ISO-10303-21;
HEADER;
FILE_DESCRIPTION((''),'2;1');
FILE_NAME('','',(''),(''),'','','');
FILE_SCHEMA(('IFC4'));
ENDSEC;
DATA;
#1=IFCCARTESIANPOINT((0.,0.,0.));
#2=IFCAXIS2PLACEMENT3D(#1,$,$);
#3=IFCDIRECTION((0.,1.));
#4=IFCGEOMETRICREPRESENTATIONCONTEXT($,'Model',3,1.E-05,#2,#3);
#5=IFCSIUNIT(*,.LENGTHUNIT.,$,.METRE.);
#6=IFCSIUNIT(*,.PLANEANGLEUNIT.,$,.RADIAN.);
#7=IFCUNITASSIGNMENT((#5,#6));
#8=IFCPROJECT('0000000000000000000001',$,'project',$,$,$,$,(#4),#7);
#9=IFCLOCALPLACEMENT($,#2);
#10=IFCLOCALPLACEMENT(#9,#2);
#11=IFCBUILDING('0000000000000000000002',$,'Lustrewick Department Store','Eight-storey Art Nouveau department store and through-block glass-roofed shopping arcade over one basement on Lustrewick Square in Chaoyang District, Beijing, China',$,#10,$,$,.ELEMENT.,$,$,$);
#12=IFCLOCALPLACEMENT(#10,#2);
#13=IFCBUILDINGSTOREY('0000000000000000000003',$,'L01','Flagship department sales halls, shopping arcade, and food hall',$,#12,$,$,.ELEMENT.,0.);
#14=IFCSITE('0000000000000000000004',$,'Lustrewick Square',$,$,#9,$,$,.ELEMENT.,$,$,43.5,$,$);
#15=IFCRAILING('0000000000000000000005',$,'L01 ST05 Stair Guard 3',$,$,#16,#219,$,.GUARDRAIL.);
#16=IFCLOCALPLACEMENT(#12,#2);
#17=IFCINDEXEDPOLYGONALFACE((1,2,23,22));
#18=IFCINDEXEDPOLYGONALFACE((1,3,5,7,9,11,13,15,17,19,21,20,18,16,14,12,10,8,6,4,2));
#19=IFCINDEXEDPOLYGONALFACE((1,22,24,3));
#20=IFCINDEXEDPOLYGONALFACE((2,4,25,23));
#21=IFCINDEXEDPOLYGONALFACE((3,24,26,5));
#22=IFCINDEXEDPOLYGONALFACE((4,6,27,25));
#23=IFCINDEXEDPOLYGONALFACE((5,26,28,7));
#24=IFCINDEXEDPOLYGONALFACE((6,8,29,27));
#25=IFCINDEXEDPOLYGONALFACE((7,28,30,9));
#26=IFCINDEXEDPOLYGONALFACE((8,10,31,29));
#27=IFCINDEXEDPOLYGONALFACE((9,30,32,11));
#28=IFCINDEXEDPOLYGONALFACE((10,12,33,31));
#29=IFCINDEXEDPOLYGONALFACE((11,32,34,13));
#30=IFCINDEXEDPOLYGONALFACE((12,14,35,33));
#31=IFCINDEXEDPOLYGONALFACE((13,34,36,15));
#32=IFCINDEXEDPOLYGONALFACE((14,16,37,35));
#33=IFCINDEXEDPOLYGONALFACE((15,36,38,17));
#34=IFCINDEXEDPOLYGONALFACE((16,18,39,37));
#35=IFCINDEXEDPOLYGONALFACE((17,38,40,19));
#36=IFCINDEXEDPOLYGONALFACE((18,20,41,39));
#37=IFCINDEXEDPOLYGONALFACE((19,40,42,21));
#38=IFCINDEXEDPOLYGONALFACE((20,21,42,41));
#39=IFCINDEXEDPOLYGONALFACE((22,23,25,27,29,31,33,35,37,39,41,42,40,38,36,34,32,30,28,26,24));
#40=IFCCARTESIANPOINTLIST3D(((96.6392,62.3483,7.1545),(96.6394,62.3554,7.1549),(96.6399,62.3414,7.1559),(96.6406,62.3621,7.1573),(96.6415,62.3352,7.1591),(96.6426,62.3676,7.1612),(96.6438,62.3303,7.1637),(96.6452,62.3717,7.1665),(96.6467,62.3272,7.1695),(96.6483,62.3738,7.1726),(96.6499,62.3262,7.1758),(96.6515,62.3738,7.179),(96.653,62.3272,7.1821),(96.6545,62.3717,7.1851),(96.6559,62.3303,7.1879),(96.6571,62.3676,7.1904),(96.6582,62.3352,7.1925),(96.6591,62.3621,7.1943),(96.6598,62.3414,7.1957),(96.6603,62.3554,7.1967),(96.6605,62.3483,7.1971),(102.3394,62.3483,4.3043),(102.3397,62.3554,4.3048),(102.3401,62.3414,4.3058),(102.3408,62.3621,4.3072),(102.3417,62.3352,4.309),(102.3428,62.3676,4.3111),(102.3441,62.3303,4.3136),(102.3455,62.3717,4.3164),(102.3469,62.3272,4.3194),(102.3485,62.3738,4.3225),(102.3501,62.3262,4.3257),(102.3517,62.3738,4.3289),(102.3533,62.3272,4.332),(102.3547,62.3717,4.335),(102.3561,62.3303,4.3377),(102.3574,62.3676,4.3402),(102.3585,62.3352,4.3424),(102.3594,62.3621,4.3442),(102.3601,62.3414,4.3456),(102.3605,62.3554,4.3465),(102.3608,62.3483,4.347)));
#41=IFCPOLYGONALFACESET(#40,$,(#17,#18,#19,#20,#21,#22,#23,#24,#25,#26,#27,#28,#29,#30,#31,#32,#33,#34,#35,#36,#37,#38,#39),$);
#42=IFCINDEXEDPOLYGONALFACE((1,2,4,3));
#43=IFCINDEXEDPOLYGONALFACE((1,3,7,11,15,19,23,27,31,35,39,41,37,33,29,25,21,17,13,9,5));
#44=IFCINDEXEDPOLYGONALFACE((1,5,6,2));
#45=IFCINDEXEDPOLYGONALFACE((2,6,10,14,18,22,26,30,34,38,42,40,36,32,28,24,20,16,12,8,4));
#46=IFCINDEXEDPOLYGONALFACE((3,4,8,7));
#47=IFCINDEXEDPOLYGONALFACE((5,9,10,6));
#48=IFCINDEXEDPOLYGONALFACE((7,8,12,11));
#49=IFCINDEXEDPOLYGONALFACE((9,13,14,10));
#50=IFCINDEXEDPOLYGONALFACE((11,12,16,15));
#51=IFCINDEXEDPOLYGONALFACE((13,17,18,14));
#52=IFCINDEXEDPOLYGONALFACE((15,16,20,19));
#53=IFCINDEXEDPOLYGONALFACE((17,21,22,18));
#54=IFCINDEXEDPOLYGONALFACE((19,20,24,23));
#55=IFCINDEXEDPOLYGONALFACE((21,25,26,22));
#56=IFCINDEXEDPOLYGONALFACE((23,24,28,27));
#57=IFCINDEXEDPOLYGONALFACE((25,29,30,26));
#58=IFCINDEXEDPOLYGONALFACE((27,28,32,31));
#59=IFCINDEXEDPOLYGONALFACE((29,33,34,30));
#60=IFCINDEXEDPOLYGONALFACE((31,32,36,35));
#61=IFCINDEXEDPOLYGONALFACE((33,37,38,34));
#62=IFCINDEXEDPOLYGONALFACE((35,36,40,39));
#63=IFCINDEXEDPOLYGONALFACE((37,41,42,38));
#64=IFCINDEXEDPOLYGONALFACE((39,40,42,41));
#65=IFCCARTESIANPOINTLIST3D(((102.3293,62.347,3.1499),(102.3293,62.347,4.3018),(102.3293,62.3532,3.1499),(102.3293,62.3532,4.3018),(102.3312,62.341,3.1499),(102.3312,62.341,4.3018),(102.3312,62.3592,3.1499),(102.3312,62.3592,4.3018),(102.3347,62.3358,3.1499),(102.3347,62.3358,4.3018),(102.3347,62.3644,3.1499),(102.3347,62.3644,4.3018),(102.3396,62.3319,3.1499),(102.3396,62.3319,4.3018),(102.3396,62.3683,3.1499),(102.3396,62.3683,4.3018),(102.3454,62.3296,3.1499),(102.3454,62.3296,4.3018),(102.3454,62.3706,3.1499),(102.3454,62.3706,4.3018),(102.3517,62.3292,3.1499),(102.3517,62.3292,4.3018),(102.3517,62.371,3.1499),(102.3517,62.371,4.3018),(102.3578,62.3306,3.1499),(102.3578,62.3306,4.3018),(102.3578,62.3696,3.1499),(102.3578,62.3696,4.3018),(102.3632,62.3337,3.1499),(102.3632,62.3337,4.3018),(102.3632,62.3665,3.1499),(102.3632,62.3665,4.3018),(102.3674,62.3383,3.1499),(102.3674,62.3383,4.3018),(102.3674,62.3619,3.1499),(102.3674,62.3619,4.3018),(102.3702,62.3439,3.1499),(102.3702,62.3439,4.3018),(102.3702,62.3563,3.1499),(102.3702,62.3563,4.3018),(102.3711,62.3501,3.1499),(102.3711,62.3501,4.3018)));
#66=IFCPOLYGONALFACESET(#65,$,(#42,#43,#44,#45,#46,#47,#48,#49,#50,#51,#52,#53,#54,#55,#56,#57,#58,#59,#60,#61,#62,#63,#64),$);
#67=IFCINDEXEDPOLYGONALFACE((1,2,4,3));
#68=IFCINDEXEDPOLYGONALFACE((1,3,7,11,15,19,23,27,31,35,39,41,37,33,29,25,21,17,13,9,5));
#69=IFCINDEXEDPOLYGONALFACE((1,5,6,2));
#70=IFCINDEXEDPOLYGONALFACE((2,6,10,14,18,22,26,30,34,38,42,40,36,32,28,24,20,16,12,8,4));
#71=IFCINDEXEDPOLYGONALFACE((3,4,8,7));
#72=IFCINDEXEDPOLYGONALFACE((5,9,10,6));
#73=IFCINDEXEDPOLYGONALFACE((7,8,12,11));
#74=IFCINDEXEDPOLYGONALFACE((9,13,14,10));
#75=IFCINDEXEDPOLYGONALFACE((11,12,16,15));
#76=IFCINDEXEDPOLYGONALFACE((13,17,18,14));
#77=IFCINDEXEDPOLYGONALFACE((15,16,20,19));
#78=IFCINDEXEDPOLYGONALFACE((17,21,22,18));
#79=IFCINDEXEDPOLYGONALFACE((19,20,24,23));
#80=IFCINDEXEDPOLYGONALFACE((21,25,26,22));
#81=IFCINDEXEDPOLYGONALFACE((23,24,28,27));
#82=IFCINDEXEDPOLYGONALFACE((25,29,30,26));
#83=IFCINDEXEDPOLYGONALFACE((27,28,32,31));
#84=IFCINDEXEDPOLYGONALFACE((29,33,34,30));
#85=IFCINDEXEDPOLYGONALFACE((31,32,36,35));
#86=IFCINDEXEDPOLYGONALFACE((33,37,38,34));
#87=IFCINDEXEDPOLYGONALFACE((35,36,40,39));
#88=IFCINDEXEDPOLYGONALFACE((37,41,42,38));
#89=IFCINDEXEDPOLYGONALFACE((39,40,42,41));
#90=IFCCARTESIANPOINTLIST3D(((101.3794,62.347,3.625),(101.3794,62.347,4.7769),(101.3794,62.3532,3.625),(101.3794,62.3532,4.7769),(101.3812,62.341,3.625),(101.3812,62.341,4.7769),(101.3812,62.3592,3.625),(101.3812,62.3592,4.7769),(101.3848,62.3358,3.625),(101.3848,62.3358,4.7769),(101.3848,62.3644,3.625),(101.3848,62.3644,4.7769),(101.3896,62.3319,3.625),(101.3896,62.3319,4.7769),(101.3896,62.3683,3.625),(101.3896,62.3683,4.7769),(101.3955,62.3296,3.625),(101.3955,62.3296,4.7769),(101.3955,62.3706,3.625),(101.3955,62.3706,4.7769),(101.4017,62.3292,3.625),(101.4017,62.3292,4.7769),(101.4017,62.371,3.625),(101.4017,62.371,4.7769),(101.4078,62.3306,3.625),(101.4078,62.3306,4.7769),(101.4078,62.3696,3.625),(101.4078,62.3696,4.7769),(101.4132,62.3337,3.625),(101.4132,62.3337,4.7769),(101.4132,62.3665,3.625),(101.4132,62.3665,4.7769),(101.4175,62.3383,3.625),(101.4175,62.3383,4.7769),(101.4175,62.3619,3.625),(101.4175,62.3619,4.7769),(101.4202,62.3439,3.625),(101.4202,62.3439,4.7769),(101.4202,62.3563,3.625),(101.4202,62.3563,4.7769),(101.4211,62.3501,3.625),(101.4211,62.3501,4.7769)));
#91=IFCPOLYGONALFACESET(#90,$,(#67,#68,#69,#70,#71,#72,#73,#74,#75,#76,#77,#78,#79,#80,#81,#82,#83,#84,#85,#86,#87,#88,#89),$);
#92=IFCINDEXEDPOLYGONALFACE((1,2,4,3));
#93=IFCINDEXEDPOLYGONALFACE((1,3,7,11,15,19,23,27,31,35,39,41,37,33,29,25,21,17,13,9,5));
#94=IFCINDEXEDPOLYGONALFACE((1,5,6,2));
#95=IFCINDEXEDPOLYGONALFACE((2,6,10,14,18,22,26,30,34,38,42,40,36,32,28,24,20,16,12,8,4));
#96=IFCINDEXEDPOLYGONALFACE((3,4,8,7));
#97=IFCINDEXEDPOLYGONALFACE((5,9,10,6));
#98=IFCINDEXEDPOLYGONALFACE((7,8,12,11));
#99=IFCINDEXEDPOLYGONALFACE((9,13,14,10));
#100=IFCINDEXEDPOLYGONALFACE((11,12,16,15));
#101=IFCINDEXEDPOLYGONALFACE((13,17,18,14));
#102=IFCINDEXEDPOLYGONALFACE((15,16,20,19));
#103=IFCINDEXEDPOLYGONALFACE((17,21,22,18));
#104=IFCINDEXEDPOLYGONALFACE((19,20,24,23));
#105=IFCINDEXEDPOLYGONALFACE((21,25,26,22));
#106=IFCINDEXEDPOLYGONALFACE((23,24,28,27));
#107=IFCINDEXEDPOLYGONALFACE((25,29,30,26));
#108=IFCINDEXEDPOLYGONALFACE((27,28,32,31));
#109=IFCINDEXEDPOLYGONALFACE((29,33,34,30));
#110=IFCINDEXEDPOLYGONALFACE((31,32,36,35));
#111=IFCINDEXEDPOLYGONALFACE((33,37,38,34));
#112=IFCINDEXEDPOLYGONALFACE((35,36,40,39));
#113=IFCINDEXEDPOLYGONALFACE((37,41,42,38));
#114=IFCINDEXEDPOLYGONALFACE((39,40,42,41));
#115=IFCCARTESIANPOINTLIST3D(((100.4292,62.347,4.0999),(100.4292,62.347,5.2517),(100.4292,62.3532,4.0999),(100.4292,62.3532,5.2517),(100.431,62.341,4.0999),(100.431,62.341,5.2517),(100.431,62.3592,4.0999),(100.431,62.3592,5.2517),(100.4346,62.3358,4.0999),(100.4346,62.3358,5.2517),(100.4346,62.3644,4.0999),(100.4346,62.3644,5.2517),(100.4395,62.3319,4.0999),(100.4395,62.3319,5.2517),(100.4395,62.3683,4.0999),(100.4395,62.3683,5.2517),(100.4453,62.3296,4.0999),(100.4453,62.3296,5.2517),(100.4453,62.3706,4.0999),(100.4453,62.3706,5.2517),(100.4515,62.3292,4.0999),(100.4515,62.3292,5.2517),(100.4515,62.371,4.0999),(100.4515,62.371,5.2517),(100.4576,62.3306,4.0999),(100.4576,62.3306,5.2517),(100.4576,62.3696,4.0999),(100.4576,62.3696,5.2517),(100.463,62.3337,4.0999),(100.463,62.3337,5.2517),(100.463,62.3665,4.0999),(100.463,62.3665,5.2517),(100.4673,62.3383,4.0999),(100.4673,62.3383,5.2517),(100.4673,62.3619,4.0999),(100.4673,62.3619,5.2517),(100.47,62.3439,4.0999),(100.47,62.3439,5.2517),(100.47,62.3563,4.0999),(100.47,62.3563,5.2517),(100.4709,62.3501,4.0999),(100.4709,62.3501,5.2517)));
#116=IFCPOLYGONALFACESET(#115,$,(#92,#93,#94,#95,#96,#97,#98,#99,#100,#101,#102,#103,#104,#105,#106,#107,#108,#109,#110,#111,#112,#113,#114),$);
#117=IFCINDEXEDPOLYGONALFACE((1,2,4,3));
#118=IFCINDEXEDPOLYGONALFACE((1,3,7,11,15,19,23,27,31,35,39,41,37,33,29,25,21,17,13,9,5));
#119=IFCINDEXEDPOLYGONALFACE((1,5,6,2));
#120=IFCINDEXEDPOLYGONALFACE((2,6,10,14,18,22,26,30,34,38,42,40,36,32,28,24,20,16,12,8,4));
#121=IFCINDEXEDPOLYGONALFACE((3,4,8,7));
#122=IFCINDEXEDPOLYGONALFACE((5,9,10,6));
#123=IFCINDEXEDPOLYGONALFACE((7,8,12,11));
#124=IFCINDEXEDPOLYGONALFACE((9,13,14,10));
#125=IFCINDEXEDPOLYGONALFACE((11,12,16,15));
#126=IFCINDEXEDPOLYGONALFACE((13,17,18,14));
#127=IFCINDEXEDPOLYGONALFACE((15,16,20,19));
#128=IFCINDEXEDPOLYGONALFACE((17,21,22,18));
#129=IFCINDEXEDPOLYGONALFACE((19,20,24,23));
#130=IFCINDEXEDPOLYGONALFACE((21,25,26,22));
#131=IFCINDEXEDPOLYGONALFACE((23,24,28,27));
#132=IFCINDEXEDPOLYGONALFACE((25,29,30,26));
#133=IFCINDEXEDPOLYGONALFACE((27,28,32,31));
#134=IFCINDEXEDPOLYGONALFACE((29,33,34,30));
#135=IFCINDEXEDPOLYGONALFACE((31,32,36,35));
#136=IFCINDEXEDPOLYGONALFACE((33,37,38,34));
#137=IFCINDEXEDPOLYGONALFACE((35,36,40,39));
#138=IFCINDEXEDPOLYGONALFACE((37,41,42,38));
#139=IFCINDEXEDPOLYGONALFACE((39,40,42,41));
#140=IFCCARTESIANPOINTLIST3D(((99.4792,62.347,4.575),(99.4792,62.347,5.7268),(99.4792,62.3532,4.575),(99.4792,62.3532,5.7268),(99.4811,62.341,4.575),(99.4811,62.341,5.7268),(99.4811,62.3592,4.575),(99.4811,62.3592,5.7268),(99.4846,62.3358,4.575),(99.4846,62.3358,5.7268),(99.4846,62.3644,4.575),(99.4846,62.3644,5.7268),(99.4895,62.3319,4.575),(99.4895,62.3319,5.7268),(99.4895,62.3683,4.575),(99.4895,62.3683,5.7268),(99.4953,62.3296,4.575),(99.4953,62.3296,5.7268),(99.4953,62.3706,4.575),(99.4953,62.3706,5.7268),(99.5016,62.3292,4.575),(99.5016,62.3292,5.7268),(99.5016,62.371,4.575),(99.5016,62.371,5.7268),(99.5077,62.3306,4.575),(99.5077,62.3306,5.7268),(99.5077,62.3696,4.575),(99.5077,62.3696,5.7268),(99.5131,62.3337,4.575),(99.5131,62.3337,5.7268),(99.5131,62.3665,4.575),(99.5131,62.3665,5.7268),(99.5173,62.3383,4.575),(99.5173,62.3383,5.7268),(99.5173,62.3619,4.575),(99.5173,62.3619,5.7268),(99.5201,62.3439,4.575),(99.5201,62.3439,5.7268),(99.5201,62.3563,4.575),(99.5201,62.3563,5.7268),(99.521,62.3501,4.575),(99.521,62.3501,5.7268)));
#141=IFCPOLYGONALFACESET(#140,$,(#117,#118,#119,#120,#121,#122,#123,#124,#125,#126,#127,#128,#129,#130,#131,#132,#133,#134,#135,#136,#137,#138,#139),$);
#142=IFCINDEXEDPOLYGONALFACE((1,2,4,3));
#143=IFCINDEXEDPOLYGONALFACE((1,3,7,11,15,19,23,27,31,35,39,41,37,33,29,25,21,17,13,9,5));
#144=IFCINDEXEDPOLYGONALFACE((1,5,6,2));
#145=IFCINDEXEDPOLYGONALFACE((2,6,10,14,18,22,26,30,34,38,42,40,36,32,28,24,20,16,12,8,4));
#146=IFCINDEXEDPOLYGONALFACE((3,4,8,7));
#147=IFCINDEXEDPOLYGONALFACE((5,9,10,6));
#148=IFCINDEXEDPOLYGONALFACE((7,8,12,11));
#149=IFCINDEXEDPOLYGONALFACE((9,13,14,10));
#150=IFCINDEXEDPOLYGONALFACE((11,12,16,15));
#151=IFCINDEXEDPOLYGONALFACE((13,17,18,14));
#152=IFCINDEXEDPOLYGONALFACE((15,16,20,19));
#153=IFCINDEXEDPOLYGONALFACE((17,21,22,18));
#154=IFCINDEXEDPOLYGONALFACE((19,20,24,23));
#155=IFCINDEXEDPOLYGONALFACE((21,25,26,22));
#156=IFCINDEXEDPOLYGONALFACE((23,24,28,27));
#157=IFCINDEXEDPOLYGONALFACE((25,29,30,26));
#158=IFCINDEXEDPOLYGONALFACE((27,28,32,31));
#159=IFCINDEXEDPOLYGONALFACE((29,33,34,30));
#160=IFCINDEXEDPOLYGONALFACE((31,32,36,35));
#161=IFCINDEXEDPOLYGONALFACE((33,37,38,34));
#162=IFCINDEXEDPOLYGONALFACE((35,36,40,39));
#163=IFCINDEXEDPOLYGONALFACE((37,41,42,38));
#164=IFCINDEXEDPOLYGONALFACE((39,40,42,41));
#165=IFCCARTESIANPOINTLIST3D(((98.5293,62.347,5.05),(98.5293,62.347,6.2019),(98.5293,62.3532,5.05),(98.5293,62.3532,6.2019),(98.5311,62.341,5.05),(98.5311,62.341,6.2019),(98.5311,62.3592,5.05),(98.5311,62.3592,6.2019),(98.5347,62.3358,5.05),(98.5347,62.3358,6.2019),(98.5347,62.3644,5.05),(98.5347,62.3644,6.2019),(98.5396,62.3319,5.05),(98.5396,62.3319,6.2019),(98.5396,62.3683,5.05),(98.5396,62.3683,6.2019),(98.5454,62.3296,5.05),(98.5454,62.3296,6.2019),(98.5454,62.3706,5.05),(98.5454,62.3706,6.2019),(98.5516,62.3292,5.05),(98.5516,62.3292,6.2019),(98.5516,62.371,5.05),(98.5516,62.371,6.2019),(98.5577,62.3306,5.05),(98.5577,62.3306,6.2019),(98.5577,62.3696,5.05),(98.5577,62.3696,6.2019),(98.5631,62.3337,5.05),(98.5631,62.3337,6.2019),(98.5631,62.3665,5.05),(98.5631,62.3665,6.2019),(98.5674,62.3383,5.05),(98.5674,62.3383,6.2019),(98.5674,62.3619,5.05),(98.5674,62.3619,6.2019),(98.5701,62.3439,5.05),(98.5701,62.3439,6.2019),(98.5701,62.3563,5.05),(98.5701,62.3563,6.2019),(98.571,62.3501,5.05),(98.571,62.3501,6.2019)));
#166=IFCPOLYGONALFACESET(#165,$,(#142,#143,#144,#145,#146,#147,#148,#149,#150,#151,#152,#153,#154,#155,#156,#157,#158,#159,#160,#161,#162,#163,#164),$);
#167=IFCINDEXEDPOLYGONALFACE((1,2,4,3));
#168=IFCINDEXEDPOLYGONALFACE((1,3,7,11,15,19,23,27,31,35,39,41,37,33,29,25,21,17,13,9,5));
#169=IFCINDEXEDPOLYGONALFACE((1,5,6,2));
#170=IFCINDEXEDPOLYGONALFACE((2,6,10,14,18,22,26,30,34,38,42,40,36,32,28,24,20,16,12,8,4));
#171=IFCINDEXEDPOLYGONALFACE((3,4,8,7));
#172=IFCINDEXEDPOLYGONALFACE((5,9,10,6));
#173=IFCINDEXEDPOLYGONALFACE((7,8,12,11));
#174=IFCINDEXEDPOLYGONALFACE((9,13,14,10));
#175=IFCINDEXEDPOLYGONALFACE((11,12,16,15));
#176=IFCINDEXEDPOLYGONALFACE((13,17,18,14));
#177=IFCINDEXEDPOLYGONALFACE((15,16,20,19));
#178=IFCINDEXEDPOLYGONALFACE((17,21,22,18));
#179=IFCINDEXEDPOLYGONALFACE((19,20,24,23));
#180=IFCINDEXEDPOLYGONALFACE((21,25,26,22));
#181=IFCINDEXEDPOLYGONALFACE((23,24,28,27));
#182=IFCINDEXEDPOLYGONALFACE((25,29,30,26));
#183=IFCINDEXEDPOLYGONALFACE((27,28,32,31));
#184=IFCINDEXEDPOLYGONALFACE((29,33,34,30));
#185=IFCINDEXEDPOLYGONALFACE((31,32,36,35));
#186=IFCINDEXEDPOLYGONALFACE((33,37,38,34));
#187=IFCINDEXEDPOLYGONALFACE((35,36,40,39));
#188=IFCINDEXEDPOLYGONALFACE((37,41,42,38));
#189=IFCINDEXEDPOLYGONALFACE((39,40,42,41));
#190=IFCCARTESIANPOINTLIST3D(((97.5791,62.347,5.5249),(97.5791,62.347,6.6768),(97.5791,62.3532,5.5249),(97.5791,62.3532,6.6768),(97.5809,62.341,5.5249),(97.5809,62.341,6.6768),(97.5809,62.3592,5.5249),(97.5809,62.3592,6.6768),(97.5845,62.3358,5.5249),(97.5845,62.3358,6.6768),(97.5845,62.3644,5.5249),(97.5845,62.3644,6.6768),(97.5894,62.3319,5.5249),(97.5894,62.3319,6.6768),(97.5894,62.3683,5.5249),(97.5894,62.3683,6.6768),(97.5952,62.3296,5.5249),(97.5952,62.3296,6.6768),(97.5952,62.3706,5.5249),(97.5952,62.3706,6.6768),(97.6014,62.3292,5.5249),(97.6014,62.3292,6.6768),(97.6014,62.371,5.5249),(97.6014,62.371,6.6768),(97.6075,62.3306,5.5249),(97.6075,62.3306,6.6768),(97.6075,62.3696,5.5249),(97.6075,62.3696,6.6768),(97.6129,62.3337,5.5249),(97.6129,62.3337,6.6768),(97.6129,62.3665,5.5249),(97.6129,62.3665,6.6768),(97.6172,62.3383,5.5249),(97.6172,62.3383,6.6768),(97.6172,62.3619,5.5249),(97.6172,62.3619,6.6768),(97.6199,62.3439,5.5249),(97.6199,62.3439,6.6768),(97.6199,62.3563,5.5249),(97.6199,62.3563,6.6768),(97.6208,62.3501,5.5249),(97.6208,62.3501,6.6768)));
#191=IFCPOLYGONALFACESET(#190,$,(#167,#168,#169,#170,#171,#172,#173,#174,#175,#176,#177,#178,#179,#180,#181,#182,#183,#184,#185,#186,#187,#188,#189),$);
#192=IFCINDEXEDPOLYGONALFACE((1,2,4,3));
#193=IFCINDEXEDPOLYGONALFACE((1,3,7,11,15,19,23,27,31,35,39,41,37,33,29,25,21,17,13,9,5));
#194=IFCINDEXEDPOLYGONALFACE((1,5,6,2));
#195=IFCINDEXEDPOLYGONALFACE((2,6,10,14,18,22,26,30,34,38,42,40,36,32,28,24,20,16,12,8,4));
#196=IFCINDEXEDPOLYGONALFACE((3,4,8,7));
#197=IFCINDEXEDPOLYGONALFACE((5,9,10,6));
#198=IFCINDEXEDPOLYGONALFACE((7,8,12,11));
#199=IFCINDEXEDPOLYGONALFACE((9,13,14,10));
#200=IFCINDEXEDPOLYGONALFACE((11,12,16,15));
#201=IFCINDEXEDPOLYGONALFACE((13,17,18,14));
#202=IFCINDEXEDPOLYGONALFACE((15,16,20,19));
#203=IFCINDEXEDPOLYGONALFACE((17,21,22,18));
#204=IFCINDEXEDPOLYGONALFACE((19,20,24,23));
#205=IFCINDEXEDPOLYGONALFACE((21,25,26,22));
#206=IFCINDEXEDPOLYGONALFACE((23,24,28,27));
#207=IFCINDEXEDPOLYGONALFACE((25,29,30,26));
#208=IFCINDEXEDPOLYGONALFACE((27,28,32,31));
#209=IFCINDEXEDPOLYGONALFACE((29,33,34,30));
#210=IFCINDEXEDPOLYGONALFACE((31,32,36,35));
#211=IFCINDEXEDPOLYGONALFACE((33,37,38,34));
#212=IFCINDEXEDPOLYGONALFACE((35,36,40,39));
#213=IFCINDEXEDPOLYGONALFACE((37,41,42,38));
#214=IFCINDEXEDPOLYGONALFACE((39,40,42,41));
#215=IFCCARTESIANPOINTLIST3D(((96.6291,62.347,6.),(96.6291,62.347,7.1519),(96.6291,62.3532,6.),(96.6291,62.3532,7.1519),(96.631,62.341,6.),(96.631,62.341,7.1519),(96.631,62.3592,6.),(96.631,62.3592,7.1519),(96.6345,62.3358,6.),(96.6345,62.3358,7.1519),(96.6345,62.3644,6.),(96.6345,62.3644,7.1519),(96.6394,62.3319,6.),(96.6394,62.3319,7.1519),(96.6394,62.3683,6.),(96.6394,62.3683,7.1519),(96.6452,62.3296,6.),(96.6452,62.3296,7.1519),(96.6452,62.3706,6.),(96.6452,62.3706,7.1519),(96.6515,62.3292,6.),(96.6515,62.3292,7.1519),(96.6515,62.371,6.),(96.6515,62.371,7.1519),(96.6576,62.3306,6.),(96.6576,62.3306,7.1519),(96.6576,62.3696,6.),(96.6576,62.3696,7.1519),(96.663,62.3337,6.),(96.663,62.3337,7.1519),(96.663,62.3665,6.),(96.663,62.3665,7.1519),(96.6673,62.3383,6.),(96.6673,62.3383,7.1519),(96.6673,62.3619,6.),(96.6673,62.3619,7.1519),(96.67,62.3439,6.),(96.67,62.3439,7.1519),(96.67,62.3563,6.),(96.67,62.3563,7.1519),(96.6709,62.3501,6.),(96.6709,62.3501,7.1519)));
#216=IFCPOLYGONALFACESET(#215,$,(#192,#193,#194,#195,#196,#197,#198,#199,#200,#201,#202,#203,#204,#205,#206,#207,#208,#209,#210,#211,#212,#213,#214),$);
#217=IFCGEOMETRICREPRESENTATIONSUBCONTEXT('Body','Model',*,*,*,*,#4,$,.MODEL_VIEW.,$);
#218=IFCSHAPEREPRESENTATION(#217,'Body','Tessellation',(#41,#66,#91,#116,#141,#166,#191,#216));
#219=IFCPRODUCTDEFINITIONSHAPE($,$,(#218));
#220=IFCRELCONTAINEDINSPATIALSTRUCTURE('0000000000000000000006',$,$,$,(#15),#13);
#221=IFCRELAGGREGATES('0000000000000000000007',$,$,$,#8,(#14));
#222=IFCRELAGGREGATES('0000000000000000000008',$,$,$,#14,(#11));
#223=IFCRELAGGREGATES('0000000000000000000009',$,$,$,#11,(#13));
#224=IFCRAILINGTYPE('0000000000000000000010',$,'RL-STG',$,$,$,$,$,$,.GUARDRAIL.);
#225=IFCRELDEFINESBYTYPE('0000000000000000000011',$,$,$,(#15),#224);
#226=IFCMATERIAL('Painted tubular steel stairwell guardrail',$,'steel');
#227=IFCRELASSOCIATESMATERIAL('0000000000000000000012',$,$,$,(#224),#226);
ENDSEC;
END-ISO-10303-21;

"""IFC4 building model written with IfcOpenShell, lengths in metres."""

from ifc_helpers import new_model, si_unit, direction, frame, origin, origin_2d, place, context, subcontext, project, spatial, circle, extrude, material, type_object, element, save


model = new_model("IFC4")

# Units and contexts
model_context = context("Model", 3, precision=1e-05, world=origin(), true_north=direction((0.0, 1.0)))
body_context = subcontext(model_context, "Body", "Model", "MODEL_VIEW")
ifc_project = project(units=[si_unit("LENGTHUNIT", "METRE"), si_unit("PLANEANGLEUNIT", "RADIAN")], contexts=[model_context])

# Site, building, storey
site_placement = place(None, origin())
site = spatial("IfcSite", under=ifc_project, at=site_placement, Name="Lustrewick Square", CompositionType="ELEMENT", RefElevation=43.5)
building_placement = place(site_placement, origin())
building = spatial("IfcBuilding", under=site, at=building_placement, Name="Lustrewick Department Store", Description="Eight-storey Art Nouveau department store and through-block glass-roofed shopping arcade over one basement on Lustrewick Square in Chaoyang District, Beijing, China", CompositionType="ELEMENT")
storey_placement = place(building_placement, origin())
storey = spatial("IfcBuildingStorey", under=building, at=storey_placement, Name="L01", Description="Flagship department sales halls, shopping arcade, and food hall", CompositionType="ELEMENT", Elevation=0.0)

# Railing
ifc_material_1 = material(Name="Painted tubular steel stairwell guardrail", Category="steel")
railing_type_1 = type_object("IfcRailingType", Name="RL-STG", PredefinedType="GUARDRAIL", material=ifc_material_1)
railing_1_placement = place(storey_placement, frame((102.3501, 62.3501, 3.1499)))
element("IfcRailing", 1, at=railing_1_placement, inside=storey, type_object=railing_type_1, Name="L01 ST05 Stair Guard 3", PredefinedType="GUARDRAIL", context=body_context, shape_type="SweptSolid", body=[
    extrude(circle(Radius=0.0239, at=origin_2d()), frame((0.0, 0.0, 1.1758), z_axis=(-0.894427, 0.0, 0.447214), x_axis=(0.0, -1.0, 0.0)), (0.0, 0.0, 1.0), 6.373),
    extrude(circle(Radius=0.021, at=origin_2d()), origin(), (0.0, 0.0, 1.0), 1.1519),
    extrude(circle(Radius=0.021, at=origin_2d()), frame((-0.95, 0.0, 0.4751)), (0.0, 0.0, 1.0), 1.1519),
    extrude(circle(Radius=0.021, at=origin_2d()), frame((-1.9001, 0.0, 0.95)), (0.0, 0.0, 1.0), 1.1519),
    extrude(circle(Radius=0.021, at=origin_2d()), frame((-2.8501, 0.0, 1.425)), (0.0, 0.0, 1.0), 1.1519),
    extrude(circle(Radius=0.021, at=origin_2d()), frame((-3.8, 0.0, 1.9001)), (0.0, 0.0, 1.0), 1.1519),
    extrude(circle(Radius=0.021, at=origin_2d()), frame((-4.7502, 0.0, 2.375)), (0.0, 0.0, 1.0), 1.1519),
    extrude(circle(Radius=0.021, at=origin_2d()), frame((-5.7002, 0.0, 2.8501)), (0.0, 0.0, 1.0), 1.1519),
])

save(model, "model.ifc")
